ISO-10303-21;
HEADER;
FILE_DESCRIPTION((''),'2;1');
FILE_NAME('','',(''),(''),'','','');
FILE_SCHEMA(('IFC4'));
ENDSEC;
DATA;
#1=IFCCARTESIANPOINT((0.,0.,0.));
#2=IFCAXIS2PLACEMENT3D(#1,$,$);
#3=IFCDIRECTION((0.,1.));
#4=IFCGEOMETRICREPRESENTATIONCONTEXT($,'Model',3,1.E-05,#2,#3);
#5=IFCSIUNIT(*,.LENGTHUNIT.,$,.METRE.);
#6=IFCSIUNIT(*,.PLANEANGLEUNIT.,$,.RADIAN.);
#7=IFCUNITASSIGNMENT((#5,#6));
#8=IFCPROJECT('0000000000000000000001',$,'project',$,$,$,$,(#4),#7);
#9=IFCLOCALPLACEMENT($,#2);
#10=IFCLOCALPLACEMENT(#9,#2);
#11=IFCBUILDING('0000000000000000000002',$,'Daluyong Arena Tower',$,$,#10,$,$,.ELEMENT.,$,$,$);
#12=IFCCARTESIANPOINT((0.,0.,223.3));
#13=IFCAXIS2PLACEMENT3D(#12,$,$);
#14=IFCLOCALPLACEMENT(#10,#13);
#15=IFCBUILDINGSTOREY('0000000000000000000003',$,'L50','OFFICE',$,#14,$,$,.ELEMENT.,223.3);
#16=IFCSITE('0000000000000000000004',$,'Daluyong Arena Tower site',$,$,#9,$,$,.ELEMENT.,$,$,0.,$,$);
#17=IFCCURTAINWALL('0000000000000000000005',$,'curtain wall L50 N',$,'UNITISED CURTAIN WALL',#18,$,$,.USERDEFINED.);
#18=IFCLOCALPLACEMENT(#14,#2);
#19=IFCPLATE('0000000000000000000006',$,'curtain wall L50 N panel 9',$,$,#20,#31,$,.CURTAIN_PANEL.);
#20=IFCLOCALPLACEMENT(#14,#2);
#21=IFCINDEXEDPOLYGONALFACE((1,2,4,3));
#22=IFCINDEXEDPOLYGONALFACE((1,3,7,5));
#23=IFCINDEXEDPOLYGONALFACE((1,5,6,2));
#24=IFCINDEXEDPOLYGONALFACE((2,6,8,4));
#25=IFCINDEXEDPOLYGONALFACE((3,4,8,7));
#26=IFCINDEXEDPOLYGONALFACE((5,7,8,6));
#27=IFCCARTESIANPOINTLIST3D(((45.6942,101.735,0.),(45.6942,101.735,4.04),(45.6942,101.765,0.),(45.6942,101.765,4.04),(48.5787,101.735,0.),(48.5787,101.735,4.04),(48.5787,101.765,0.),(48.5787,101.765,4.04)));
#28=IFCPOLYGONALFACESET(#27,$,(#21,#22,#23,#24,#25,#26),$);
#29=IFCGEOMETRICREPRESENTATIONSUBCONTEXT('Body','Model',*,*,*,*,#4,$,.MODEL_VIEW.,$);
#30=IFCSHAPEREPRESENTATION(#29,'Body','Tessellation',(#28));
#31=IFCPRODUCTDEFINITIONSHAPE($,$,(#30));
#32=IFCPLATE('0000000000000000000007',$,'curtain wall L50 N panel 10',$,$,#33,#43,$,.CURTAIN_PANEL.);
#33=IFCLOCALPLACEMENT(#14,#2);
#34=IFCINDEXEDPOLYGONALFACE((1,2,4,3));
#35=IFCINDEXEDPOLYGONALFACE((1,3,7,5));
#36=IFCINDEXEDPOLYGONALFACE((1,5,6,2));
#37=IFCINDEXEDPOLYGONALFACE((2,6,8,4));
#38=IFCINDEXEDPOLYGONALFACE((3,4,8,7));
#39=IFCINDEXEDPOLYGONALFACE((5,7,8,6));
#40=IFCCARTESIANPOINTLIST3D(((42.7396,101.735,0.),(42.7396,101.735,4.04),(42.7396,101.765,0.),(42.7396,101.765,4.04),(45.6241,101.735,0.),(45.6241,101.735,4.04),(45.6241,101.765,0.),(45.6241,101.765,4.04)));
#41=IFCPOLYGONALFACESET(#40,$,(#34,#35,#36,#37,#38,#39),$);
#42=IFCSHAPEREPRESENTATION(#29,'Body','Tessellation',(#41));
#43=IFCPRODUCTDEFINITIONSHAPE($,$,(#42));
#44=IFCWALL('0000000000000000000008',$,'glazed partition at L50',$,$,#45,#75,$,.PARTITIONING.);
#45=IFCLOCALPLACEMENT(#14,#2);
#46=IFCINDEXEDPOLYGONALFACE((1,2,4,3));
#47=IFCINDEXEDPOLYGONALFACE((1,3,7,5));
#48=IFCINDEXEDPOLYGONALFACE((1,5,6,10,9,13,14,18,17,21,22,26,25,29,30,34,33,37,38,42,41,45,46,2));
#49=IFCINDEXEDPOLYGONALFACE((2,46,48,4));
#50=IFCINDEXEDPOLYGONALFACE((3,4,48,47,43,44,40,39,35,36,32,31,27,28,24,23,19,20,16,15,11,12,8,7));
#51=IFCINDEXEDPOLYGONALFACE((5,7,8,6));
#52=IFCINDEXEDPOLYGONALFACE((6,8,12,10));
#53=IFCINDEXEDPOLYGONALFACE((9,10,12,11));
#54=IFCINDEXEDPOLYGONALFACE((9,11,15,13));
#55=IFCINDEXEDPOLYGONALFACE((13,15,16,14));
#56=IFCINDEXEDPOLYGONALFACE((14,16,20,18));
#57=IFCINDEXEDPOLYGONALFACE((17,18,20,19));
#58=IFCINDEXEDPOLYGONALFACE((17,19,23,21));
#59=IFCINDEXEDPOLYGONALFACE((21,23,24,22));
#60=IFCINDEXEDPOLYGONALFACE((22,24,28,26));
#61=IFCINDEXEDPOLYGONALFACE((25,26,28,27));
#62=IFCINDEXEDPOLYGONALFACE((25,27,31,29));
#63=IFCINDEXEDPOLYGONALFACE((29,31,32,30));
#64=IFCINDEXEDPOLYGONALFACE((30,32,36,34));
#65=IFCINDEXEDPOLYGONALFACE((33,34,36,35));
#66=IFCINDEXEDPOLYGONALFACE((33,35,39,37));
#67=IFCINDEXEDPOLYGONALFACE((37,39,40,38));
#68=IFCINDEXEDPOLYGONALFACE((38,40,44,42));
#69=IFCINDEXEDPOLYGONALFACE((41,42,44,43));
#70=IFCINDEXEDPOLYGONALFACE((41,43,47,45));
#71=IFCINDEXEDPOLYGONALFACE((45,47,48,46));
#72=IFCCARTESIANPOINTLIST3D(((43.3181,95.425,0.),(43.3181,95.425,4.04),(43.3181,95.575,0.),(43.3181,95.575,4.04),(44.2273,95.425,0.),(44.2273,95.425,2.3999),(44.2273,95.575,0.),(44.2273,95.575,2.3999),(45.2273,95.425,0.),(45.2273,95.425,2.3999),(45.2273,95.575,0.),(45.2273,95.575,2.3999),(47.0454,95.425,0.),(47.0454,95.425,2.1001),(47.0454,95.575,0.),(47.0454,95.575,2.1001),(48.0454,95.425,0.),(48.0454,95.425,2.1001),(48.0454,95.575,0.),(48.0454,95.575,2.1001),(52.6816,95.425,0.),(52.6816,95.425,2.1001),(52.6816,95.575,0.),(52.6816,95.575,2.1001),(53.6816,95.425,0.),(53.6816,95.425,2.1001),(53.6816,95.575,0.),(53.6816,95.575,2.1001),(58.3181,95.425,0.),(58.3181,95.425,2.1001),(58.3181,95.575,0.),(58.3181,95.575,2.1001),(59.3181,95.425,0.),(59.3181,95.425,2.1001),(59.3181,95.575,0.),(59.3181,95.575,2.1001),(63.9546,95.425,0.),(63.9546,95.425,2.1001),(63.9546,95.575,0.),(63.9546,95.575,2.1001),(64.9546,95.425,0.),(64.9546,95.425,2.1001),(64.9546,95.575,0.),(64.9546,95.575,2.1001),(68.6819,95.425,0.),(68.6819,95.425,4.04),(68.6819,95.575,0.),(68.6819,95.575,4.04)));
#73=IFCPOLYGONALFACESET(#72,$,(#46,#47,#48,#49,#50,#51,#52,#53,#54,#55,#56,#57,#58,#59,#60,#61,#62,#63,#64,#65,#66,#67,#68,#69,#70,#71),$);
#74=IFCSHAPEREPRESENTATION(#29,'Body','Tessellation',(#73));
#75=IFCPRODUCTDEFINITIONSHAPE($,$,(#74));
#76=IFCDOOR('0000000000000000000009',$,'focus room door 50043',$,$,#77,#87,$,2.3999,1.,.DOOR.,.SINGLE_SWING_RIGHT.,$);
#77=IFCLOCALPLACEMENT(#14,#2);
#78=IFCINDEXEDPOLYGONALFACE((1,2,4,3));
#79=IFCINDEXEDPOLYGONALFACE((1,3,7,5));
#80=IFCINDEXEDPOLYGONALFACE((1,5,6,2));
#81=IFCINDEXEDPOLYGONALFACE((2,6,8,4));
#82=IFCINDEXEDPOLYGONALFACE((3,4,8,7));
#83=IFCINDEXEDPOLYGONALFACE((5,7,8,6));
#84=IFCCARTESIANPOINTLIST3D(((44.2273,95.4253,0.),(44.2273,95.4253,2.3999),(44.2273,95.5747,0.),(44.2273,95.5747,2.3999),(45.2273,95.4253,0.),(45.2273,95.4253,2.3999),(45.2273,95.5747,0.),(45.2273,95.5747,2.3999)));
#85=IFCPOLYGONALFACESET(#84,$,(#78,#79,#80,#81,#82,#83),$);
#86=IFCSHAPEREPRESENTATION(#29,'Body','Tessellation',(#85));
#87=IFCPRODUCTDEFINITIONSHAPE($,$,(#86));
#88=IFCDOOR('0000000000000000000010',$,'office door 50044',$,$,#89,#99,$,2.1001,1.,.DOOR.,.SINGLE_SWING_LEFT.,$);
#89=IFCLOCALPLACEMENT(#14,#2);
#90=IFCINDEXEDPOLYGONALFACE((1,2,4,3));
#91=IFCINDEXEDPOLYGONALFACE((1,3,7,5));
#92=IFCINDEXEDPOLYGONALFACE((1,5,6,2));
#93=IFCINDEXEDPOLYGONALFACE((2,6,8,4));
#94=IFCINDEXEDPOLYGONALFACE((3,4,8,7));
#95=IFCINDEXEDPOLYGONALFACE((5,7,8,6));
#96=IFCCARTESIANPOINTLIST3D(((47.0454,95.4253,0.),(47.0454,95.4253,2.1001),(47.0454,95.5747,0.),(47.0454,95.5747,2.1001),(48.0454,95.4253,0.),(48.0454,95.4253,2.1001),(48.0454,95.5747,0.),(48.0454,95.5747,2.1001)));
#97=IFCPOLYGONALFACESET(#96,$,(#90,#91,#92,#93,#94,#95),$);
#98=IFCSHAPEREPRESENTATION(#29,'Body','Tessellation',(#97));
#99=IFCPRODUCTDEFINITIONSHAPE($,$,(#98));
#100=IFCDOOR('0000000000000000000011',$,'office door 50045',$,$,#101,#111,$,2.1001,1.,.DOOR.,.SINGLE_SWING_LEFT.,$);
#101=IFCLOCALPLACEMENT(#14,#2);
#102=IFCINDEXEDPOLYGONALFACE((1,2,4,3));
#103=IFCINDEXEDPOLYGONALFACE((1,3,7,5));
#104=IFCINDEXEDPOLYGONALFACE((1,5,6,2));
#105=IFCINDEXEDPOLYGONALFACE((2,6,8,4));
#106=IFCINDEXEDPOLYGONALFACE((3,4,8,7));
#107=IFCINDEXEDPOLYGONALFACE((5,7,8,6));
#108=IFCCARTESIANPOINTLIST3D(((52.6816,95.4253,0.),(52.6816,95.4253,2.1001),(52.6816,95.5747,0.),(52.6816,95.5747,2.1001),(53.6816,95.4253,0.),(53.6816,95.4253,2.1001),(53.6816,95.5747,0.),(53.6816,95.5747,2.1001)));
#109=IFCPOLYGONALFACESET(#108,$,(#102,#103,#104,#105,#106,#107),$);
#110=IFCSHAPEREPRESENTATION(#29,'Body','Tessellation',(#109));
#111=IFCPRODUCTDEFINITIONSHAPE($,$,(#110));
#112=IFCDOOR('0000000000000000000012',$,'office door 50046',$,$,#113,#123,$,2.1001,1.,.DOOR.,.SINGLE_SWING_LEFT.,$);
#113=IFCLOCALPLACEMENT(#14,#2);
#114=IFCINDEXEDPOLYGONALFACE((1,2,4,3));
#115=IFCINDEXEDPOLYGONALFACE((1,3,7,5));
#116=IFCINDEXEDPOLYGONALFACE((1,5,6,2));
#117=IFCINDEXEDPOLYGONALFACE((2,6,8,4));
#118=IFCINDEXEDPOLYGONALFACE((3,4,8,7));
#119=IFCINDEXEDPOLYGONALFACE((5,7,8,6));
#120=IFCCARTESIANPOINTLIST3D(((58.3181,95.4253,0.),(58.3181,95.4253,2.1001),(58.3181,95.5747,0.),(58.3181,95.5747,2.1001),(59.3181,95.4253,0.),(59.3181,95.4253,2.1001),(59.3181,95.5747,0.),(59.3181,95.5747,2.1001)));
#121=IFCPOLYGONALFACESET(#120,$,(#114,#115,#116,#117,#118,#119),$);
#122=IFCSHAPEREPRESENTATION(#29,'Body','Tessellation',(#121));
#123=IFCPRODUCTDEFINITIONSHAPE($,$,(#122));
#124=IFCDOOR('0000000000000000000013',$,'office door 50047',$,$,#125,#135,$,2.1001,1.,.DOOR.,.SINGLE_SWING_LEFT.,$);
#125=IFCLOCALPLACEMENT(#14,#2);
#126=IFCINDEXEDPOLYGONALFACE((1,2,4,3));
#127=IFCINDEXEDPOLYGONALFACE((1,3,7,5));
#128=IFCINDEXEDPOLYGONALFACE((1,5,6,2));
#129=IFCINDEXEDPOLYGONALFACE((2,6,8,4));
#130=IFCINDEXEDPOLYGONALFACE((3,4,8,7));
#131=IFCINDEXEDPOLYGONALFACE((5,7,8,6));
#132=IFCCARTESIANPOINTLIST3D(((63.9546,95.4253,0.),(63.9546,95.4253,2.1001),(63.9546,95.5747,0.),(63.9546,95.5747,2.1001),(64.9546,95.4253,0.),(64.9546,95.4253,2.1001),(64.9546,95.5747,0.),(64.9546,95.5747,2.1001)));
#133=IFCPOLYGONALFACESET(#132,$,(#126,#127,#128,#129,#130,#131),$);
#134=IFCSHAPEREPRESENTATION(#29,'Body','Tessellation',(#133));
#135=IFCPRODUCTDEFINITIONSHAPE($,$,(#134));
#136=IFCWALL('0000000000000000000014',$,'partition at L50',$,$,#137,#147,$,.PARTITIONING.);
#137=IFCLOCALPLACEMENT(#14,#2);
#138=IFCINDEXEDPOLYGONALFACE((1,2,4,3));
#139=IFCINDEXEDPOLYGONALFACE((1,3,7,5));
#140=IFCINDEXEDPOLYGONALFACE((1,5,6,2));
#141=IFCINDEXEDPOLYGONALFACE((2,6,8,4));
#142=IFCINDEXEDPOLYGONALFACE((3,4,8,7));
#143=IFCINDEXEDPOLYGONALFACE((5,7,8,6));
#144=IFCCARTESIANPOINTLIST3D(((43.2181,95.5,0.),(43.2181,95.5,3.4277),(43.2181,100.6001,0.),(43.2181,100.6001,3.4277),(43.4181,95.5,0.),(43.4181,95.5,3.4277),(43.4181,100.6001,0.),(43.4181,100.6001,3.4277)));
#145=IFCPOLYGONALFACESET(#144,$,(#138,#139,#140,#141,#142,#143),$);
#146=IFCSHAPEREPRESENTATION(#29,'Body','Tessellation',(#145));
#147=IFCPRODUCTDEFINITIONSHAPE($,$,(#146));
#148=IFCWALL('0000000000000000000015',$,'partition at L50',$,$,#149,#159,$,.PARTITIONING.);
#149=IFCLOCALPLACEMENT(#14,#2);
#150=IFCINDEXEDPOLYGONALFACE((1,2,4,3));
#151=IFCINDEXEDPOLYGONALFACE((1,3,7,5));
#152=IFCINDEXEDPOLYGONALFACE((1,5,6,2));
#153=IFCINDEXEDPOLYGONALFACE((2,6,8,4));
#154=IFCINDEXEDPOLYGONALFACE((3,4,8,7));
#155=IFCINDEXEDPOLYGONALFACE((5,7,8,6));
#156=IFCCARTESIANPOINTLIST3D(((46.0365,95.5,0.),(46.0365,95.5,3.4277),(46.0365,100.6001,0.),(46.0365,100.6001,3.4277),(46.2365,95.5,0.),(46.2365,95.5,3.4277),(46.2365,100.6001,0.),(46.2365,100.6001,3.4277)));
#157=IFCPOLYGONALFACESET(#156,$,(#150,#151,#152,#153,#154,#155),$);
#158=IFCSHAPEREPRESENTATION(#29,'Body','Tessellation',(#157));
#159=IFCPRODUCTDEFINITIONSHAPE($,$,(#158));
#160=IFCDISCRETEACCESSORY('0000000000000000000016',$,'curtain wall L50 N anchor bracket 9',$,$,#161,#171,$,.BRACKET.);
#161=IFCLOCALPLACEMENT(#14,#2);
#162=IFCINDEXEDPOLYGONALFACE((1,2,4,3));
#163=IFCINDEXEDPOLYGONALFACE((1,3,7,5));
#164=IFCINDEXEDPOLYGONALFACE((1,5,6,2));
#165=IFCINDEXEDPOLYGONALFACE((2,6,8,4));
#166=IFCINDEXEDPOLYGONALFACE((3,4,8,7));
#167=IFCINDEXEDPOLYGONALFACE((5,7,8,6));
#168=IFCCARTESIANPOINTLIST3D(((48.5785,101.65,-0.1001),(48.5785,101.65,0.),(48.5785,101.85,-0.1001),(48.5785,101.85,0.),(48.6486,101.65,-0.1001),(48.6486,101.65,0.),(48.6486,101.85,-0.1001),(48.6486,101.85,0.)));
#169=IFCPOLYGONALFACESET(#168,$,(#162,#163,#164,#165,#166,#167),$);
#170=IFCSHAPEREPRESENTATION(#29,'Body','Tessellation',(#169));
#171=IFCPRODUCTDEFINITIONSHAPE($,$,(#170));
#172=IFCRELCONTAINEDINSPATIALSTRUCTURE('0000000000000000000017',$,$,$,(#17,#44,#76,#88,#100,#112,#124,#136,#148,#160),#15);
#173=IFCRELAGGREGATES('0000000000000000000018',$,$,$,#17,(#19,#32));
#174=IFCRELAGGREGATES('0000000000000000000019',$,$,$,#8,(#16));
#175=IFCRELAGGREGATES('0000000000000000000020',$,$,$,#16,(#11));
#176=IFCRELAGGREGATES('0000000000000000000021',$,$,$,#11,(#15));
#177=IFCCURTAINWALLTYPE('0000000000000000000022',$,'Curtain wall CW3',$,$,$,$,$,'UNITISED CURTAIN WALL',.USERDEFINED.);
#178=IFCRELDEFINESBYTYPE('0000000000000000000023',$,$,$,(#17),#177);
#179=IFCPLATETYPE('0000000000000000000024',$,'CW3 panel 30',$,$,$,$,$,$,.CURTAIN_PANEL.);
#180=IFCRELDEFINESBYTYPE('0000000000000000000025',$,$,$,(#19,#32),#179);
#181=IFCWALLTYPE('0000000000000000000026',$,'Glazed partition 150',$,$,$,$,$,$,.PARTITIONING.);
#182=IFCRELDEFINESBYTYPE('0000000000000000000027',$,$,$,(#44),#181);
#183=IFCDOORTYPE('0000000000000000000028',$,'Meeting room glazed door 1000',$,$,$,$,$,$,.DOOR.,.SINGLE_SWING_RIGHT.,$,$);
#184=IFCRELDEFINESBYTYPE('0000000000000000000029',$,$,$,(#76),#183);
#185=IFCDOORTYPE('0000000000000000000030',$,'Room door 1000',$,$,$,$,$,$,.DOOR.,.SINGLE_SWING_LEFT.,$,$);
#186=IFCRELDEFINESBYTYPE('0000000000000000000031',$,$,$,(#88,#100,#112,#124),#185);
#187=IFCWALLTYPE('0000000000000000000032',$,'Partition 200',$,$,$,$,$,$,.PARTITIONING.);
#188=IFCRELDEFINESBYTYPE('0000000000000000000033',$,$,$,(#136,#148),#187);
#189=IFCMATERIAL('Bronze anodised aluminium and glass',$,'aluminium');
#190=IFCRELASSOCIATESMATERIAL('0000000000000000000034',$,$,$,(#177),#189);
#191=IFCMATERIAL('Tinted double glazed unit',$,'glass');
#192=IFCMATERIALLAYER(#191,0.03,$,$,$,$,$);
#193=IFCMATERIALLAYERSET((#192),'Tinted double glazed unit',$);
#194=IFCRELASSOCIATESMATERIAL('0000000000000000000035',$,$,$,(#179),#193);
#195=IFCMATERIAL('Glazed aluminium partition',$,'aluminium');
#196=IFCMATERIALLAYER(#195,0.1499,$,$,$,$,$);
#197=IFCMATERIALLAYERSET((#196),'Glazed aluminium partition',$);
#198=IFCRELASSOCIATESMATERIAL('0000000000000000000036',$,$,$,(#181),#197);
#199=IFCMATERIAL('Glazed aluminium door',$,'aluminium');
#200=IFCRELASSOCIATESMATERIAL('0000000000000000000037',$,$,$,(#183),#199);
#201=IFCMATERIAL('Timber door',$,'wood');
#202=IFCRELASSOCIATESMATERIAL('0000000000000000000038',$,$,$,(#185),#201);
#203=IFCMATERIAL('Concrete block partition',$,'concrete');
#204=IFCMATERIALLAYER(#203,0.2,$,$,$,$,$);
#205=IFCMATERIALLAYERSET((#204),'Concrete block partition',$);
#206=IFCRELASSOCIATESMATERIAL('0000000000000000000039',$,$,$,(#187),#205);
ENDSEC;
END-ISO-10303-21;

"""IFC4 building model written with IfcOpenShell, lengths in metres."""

from ifc_helpers import new_model, si_unit, direction, frame, frame_2d, origin, origin_2d, place, context, subcontext, project, spatial, rectangle, extrude, material, layer, layer_set, type_object, element, fill, aggregate, save


model = new_model("IFC4")

# Units and contexts
model_context = context("Model", 3, precision=1e-05, world=origin(), true_north=direction((0.0, 1.0)))
body_context = subcontext(model_context, "Body", "Model", "MODEL_VIEW")
ifc_project = project(units=[si_unit("LENGTHUNIT", "METRE"), si_unit("PLANEANGLEUNIT", "RADIAN")], contexts=[model_context])

# Site, building, storey
site_placement = place(None, origin())
site = spatial("IfcSite", under=ifc_project, at=site_placement, Name="Daluyong Arena Tower site", CompositionType="ELEMENT", RefElevation=0.0)
building_placement = place(site_placement, origin())
building = spatial("IfcBuilding", under=site, at=building_placement, Name="Daluyong Arena Tower", CompositionType="ELEMENT")
storey_placement = place(building_placement, frame((0.0, 0.0, 223.3)))
storey = spatial("IfcBuildingStorey", under=building, at=storey_placement, Name="L50", Description="OFFICE", CompositionType="ELEMENT", Elevation=223.3)

# Curtain wall
ifc_material_1 = material(Name="Bronze anodised aluminium and glass", Category="aluminium")
curtain_wall_type = type_object("IfcCurtainWallType", Name="Curtain wall CW3", ElementType="UNITISED CURTAIN WALL", PredefinedType="USERDEFINED", material=ifc_material_1)
curtain_wall_placement = place(storey_placement, origin())
curtain_wall = element("IfcCurtainWall", 1, at=curtain_wall_placement, inside=storey, type_object=curtain_wall_type, Name="curtain wall L50 N", ObjectType="UNITISED CURTAIN WALL", PredefinedType="USERDEFINED")

# Plates
ifc_material_2 = material(Name="Tinted double glazed unit", Category="glass")
ifc_layer_1 = layer(ifc_material_2, 0.03)
ifc_layer_set_1 = layer_set([ifc_layer_1], Name="Tinted double glazed unit")
plate_type = type_object("IfcPlateType", Name="CW3 panel 30", PredefinedType="CURTAIN_PANEL", material=ifc_layer_set_1)
plate_1_placement = place(storey_placement, frame((47.1365, 101.75, 0.0), z_axis=(0.0, 0.0, 1.0), x_axis=(-1.0, 0.0, 0.0)))
plate_1 = element("IfcPlate", 2, at=plate_1_placement, type_object=plate_type, Name="curtain wall L50 N panel 9", PredefinedType="CURTAIN_PANEL", context=body_context, shape_type="SweptSolid", body=[
    extrude(rectangle(XDim=2.8845, YDim=0.03, at=origin_2d()), origin(), (0.0, 0.0, 1.0), 4.04),
])
plate_2_placement = place(storey_placement, frame((44.1819, 101.75, 0.0), z_axis=(0.0, 0.0, 1.0), x_axis=(-1.0, 0.0, 0.0)))
plate_2 = element("IfcPlate", 3, at=plate_2_placement, type_object=plate_type, Name="curtain wall L50 N panel 10", PredefinedType="CURTAIN_PANEL", context=body_context, shape_type="SweptSolid", body=[
    extrude(rectangle(XDim=2.8845, YDim=0.03, at=origin_2d()), origin(), (0.0, 0.0, 1.0), 4.04),
])
aggregate(curtain_wall, [plate_1, plate_2])

# Wall, openings, doors
ifc_material_3 = material(Name="Glazed aluminium partition", Category="aluminium")
ifc_layer_2 = layer(ifc_material_3, 0.1499)
ifc_layer_set_2 = layer_set([ifc_layer_2], Name="Glazed aluminium partition")
wall_type_1 = type_object("IfcWallType", Name="Glazed partition 150", PredefinedType="PARTITIONING", material=ifc_layer_set_2)
wall_placement = place(storey_placement, frame((43.3181, 95.5, 0.0), z_axis=(0.0, 0.0, 1.0), x_axis=(1.0, 0.0, 0.0)))
wall = element("IfcWall", 4, at=wall_placement, inside=storey, type_object=wall_type_1, Name="glazed partition at L50", PredefinedType="PARTITIONING", context=body_context, shape_type="SweptSolid", body=[
    extrude(rectangle(XDim=25.3638, YDim=0.1499, at=frame_2d((12.6819, 0.0))), origin(), (0.0, 0.0, 1.0), 4.04),
])
opening_1_placement = place(wall_placement, frame((0.9092, 0.0, 0.0)))
opening_1 = element("IfcOpeningElement", 5, at=opening_1_placement, cuts=wall, PredefinedType="OPENING", context=body_context, shape_type="SweptSolid", body=[
    extrude(rectangle(XDim=1.0, YDim=2.3999, at=frame_2d((0.5, 1.2))), frame((0.0, 0.085, 0.0), z_axis=(0.0, -1.0, 0.0), x_axis=(1.0, 0.0, 0.0)), (0.0, 0.0, 1.0), 0.1699),
])
opening_2_placement = place(wall_placement, frame((3.7273, 0.0, 0.0)))
opening_2 = element("IfcOpeningElement", 6, at=opening_2_placement, cuts=wall, PredefinedType="OPENING", context=body_context, shape_type="SweptSolid", body=[
    extrude(rectangle(XDim=1.0, YDim=2.1001, at=frame_2d((0.5, 1.05))), frame((0.0, 0.085, 0.0), z_axis=(0.0, -1.0, 0.0), x_axis=(1.0, 0.0, 0.0)), (0.0, 0.0, 1.0), 0.1699),
])
opening_3_placement = place(wall_placement, frame((9.3635, 0.0, 0.0)))
opening_3 = element("IfcOpeningElement", 7, at=opening_3_placement, cuts=wall, PredefinedType="OPENING", context=body_context, shape_type="SweptSolid", body=[
    extrude(rectangle(XDim=1.0, YDim=2.1001, at=frame_2d((0.5, 1.05))), frame((0.0, 0.085, 0.0), z_axis=(0.0, -1.0, 0.0), x_axis=(1.0, 0.0, 0.0)), (0.0, 0.0, 1.0), 0.1699),
])
opening_4_placement = place(wall_placement, frame((15.0, 0.0, 0.0)))
opening_4 = element("IfcOpeningElement", 8, at=opening_4_placement, cuts=wall, PredefinedType="OPENING", context=body_context, shape_type="SweptSolid", body=[
    extrude(rectangle(XDim=1.0, YDim=2.1001, at=frame_2d((0.5, 1.05))), frame((0.0, 0.085, 0.0), z_axis=(0.0, -1.0, 0.0), x_axis=(1.0, 0.0, 0.0)), (0.0, 0.0, 1.0), 0.1699),
])
opening_5_placement = place(wall_placement, frame((20.6365, 0.0, 0.0)))
opening_5 = element("IfcOpeningElement", 9, at=opening_5_placement, cuts=wall, PredefinedType="OPENING", context=body_context, shape_type="SweptSolid", body=[
    extrude(rectangle(XDim=1.0, YDim=2.1001, at=frame_2d((0.5, 1.05))), frame((0.0, 0.085, 0.0), z_axis=(0.0, -1.0, 0.0), x_axis=(1.0, 0.0, 0.0)), (0.0, 0.0, 1.0), 0.1699),
])
ifc_material_4 = material(Name="Glazed aluminium door", Category="aluminium")
door_type_1 = type_object("IfcDoorType", Name="Meeting room glazed door 1000", OperationType="SINGLE_SWING_RIGHT", PredefinedType="DOOR", material=ifc_material_4)
door_1_placement = place(opening_1_placement, origin())
door_1 = element("IfcDoor", 10, at=door_1_placement, inside=storey, type_object=door_type_1, Name="focus room door 50043", OperationType="SINGLE_SWING_RIGHT", OverallHeight=2.3999, OverallWidth=1.0, PredefinedType="DOOR", context=body_context, shape_type="SweptSolid", body=[
    extrude(rectangle(XDim=1.0, YDim=2.3999, at=frame_2d((0.5, 1.2))), frame((0.0, 0.0747, 0.0), z_axis=(0.0, -1.0, 0.0), x_axis=(1.0, 0.0, 0.0)), (0.0, 0.0, 1.0), 0.1494),
])
fill(opening_1, door_1)
ifc_material_5 = material(Name="Timber door", Category="wood")
door_type_2 = type_object("IfcDoorType", Name="Room door 1000", OperationType="SINGLE_SWING_LEFT", PredefinedType="DOOR", material=ifc_material_5)
door_2_placement = place(opening_2_placement, origin())
door_2 = element("IfcDoor", 11, at=door_2_placement, inside=storey, type_object=door_type_2, Name="office door 50044", OperationType="SINGLE_SWING_LEFT", OverallHeight=2.1001, OverallWidth=1.0, PredefinedType="DOOR", context=body_context, shape_type="SweptSolid", body=[
    extrude(rectangle(XDim=1.0, YDim=2.1001, at=frame_2d((0.5, 1.05))), frame((0.0, 0.0747, 0.0), z_axis=(0.0, -1.0, 0.0), x_axis=(1.0, 0.0, 0.0)), (0.0, 0.0, 1.0), 0.1494),
])
fill(opening_2, door_2)
door_3_placement = place(opening_3_placement, origin())
door_3 = element("IfcDoor", 12, at=door_3_placement, inside=storey, type_object=door_type_2, Name="office door 50045", OperationType="SINGLE_SWING_LEFT", OverallHeight=2.1001, OverallWidth=1.0, PredefinedType="DOOR", context=body_context, shape_type="SweptSolid", body=[
    extrude(rectangle(XDim=1.0, YDim=2.1001, at=frame_2d((0.5, 1.05))), frame((0.0, 0.0747, 0.0), z_axis=(0.0, -1.0, 0.0), x_axis=(1.0, 0.0, 0.0)), (0.0, 0.0, 1.0), 0.1494),
])
fill(opening_3, door_3)
door_4_placement = place(opening_4_placement, origin())
door_4 = element("IfcDoor", 13, at=door_4_placement, inside=storey, type_object=door_type_2, Name="office door 50046", OperationType="SINGLE_SWING_LEFT", OverallHeight=2.1001, OverallWidth=1.0, PredefinedType="DOOR", context=body_context, shape_type="SweptSolid", body=[
    extrude(rectangle(XDim=1.0, YDim=2.1001, at=frame_2d((0.5, 1.05))), frame((0.0, 0.0747, 0.0), z_axis=(0.0, -1.0, 0.0), x_axis=(1.0, 0.0, 0.0)), (0.0, 0.0, 1.0), 0.1494),
])
fill(opening_4, door_4)
door_5_placement = place(opening_5_placement, origin())
door_5 = element("IfcDoor", 14, at=door_5_placement, inside=storey, type_object=door_type_2, Name="office door 50047", OperationType="SINGLE_SWING_LEFT", OverallHeight=2.1001, OverallWidth=1.0, PredefinedType="DOOR", context=body_context, shape_type="SweptSolid", body=[
    extrude(rectangle(XDim=1.0, YDim=2.1001, at=frame_2d((0.5, 1.05))), frame((0.0, 0.0747, 0.0), z_axis=(0.0, -1.0, 0.0), x_axis=(1.0, 0.0, 0.0)), (0.0, 0.0, 1.0), 0.1494),
])
fill(opening_5, door_5)

# Walls
ifc_material_6 = material(Name="Concrete block partition", Category="concrete")
ifc_layer_3 = layer(ifc_material_6, 0.2)
ifc_layer_set_3 = layer_set([ifc_layer_3], Name="Concrete block partition")
wall_type_2 = type_object("IfcWallType", Name="Partition 200", PredefinedType="PARTITIONING", material=ifc_layer_set_3)
for number, where, z_axis, x_axis, name in (
    (15, (43.3181, 95.5, 0.0), (0.0, 0.0, 1.0), (0.0, 1.0, 0.0), "partition at L50"),
    (16, (46.1365, 95.5, 0.0), (0.0, 0.0, 1.0), (0.0, 1.0, 0.0), "partition at L50"),
):
    element("IfcWall", number, at=place(storey_placement, frame(where, z_axis=z_axis, x_axis=x_axis)), inside=storey, type_object=wall_type_2, Name=name, PredefinedType="PARTITIONING", context=body_context, shape_type="SweptSolid", body=[
        extrude(rectangle(XDim=5.1001, YDim=0.2, at=frame_2d((2.55, 0.0))), origin(), (0.0, 0.0, 1.0), 3.4277),
    ])

# Discrete accessory
for number, where, z_axis, x_axis, name in (
    (17, (48.6135, 101.75, -0.1001), (0.0, 0.0, 1.0), (-1.0, 0.0, 0.0), "curtain wall L50 N anchor bracket 9"),
):
    element("IfcDiscreteAccessory", number, at=place(storey_placement, frame(where, z_axis=z_axis, x_axis=x_axis)), inside=storey, Name=name, PredefinedType="BRACKET", context=body_context, shape_type="SweptSolid", body=[
        extrude(rectangle(XDim=0.0701, YDim=0.2, at=origin_2d()), origin(), (0.0, 0.0, 1.0), 0.1001),
    ])

save(model, "model.ifc")
